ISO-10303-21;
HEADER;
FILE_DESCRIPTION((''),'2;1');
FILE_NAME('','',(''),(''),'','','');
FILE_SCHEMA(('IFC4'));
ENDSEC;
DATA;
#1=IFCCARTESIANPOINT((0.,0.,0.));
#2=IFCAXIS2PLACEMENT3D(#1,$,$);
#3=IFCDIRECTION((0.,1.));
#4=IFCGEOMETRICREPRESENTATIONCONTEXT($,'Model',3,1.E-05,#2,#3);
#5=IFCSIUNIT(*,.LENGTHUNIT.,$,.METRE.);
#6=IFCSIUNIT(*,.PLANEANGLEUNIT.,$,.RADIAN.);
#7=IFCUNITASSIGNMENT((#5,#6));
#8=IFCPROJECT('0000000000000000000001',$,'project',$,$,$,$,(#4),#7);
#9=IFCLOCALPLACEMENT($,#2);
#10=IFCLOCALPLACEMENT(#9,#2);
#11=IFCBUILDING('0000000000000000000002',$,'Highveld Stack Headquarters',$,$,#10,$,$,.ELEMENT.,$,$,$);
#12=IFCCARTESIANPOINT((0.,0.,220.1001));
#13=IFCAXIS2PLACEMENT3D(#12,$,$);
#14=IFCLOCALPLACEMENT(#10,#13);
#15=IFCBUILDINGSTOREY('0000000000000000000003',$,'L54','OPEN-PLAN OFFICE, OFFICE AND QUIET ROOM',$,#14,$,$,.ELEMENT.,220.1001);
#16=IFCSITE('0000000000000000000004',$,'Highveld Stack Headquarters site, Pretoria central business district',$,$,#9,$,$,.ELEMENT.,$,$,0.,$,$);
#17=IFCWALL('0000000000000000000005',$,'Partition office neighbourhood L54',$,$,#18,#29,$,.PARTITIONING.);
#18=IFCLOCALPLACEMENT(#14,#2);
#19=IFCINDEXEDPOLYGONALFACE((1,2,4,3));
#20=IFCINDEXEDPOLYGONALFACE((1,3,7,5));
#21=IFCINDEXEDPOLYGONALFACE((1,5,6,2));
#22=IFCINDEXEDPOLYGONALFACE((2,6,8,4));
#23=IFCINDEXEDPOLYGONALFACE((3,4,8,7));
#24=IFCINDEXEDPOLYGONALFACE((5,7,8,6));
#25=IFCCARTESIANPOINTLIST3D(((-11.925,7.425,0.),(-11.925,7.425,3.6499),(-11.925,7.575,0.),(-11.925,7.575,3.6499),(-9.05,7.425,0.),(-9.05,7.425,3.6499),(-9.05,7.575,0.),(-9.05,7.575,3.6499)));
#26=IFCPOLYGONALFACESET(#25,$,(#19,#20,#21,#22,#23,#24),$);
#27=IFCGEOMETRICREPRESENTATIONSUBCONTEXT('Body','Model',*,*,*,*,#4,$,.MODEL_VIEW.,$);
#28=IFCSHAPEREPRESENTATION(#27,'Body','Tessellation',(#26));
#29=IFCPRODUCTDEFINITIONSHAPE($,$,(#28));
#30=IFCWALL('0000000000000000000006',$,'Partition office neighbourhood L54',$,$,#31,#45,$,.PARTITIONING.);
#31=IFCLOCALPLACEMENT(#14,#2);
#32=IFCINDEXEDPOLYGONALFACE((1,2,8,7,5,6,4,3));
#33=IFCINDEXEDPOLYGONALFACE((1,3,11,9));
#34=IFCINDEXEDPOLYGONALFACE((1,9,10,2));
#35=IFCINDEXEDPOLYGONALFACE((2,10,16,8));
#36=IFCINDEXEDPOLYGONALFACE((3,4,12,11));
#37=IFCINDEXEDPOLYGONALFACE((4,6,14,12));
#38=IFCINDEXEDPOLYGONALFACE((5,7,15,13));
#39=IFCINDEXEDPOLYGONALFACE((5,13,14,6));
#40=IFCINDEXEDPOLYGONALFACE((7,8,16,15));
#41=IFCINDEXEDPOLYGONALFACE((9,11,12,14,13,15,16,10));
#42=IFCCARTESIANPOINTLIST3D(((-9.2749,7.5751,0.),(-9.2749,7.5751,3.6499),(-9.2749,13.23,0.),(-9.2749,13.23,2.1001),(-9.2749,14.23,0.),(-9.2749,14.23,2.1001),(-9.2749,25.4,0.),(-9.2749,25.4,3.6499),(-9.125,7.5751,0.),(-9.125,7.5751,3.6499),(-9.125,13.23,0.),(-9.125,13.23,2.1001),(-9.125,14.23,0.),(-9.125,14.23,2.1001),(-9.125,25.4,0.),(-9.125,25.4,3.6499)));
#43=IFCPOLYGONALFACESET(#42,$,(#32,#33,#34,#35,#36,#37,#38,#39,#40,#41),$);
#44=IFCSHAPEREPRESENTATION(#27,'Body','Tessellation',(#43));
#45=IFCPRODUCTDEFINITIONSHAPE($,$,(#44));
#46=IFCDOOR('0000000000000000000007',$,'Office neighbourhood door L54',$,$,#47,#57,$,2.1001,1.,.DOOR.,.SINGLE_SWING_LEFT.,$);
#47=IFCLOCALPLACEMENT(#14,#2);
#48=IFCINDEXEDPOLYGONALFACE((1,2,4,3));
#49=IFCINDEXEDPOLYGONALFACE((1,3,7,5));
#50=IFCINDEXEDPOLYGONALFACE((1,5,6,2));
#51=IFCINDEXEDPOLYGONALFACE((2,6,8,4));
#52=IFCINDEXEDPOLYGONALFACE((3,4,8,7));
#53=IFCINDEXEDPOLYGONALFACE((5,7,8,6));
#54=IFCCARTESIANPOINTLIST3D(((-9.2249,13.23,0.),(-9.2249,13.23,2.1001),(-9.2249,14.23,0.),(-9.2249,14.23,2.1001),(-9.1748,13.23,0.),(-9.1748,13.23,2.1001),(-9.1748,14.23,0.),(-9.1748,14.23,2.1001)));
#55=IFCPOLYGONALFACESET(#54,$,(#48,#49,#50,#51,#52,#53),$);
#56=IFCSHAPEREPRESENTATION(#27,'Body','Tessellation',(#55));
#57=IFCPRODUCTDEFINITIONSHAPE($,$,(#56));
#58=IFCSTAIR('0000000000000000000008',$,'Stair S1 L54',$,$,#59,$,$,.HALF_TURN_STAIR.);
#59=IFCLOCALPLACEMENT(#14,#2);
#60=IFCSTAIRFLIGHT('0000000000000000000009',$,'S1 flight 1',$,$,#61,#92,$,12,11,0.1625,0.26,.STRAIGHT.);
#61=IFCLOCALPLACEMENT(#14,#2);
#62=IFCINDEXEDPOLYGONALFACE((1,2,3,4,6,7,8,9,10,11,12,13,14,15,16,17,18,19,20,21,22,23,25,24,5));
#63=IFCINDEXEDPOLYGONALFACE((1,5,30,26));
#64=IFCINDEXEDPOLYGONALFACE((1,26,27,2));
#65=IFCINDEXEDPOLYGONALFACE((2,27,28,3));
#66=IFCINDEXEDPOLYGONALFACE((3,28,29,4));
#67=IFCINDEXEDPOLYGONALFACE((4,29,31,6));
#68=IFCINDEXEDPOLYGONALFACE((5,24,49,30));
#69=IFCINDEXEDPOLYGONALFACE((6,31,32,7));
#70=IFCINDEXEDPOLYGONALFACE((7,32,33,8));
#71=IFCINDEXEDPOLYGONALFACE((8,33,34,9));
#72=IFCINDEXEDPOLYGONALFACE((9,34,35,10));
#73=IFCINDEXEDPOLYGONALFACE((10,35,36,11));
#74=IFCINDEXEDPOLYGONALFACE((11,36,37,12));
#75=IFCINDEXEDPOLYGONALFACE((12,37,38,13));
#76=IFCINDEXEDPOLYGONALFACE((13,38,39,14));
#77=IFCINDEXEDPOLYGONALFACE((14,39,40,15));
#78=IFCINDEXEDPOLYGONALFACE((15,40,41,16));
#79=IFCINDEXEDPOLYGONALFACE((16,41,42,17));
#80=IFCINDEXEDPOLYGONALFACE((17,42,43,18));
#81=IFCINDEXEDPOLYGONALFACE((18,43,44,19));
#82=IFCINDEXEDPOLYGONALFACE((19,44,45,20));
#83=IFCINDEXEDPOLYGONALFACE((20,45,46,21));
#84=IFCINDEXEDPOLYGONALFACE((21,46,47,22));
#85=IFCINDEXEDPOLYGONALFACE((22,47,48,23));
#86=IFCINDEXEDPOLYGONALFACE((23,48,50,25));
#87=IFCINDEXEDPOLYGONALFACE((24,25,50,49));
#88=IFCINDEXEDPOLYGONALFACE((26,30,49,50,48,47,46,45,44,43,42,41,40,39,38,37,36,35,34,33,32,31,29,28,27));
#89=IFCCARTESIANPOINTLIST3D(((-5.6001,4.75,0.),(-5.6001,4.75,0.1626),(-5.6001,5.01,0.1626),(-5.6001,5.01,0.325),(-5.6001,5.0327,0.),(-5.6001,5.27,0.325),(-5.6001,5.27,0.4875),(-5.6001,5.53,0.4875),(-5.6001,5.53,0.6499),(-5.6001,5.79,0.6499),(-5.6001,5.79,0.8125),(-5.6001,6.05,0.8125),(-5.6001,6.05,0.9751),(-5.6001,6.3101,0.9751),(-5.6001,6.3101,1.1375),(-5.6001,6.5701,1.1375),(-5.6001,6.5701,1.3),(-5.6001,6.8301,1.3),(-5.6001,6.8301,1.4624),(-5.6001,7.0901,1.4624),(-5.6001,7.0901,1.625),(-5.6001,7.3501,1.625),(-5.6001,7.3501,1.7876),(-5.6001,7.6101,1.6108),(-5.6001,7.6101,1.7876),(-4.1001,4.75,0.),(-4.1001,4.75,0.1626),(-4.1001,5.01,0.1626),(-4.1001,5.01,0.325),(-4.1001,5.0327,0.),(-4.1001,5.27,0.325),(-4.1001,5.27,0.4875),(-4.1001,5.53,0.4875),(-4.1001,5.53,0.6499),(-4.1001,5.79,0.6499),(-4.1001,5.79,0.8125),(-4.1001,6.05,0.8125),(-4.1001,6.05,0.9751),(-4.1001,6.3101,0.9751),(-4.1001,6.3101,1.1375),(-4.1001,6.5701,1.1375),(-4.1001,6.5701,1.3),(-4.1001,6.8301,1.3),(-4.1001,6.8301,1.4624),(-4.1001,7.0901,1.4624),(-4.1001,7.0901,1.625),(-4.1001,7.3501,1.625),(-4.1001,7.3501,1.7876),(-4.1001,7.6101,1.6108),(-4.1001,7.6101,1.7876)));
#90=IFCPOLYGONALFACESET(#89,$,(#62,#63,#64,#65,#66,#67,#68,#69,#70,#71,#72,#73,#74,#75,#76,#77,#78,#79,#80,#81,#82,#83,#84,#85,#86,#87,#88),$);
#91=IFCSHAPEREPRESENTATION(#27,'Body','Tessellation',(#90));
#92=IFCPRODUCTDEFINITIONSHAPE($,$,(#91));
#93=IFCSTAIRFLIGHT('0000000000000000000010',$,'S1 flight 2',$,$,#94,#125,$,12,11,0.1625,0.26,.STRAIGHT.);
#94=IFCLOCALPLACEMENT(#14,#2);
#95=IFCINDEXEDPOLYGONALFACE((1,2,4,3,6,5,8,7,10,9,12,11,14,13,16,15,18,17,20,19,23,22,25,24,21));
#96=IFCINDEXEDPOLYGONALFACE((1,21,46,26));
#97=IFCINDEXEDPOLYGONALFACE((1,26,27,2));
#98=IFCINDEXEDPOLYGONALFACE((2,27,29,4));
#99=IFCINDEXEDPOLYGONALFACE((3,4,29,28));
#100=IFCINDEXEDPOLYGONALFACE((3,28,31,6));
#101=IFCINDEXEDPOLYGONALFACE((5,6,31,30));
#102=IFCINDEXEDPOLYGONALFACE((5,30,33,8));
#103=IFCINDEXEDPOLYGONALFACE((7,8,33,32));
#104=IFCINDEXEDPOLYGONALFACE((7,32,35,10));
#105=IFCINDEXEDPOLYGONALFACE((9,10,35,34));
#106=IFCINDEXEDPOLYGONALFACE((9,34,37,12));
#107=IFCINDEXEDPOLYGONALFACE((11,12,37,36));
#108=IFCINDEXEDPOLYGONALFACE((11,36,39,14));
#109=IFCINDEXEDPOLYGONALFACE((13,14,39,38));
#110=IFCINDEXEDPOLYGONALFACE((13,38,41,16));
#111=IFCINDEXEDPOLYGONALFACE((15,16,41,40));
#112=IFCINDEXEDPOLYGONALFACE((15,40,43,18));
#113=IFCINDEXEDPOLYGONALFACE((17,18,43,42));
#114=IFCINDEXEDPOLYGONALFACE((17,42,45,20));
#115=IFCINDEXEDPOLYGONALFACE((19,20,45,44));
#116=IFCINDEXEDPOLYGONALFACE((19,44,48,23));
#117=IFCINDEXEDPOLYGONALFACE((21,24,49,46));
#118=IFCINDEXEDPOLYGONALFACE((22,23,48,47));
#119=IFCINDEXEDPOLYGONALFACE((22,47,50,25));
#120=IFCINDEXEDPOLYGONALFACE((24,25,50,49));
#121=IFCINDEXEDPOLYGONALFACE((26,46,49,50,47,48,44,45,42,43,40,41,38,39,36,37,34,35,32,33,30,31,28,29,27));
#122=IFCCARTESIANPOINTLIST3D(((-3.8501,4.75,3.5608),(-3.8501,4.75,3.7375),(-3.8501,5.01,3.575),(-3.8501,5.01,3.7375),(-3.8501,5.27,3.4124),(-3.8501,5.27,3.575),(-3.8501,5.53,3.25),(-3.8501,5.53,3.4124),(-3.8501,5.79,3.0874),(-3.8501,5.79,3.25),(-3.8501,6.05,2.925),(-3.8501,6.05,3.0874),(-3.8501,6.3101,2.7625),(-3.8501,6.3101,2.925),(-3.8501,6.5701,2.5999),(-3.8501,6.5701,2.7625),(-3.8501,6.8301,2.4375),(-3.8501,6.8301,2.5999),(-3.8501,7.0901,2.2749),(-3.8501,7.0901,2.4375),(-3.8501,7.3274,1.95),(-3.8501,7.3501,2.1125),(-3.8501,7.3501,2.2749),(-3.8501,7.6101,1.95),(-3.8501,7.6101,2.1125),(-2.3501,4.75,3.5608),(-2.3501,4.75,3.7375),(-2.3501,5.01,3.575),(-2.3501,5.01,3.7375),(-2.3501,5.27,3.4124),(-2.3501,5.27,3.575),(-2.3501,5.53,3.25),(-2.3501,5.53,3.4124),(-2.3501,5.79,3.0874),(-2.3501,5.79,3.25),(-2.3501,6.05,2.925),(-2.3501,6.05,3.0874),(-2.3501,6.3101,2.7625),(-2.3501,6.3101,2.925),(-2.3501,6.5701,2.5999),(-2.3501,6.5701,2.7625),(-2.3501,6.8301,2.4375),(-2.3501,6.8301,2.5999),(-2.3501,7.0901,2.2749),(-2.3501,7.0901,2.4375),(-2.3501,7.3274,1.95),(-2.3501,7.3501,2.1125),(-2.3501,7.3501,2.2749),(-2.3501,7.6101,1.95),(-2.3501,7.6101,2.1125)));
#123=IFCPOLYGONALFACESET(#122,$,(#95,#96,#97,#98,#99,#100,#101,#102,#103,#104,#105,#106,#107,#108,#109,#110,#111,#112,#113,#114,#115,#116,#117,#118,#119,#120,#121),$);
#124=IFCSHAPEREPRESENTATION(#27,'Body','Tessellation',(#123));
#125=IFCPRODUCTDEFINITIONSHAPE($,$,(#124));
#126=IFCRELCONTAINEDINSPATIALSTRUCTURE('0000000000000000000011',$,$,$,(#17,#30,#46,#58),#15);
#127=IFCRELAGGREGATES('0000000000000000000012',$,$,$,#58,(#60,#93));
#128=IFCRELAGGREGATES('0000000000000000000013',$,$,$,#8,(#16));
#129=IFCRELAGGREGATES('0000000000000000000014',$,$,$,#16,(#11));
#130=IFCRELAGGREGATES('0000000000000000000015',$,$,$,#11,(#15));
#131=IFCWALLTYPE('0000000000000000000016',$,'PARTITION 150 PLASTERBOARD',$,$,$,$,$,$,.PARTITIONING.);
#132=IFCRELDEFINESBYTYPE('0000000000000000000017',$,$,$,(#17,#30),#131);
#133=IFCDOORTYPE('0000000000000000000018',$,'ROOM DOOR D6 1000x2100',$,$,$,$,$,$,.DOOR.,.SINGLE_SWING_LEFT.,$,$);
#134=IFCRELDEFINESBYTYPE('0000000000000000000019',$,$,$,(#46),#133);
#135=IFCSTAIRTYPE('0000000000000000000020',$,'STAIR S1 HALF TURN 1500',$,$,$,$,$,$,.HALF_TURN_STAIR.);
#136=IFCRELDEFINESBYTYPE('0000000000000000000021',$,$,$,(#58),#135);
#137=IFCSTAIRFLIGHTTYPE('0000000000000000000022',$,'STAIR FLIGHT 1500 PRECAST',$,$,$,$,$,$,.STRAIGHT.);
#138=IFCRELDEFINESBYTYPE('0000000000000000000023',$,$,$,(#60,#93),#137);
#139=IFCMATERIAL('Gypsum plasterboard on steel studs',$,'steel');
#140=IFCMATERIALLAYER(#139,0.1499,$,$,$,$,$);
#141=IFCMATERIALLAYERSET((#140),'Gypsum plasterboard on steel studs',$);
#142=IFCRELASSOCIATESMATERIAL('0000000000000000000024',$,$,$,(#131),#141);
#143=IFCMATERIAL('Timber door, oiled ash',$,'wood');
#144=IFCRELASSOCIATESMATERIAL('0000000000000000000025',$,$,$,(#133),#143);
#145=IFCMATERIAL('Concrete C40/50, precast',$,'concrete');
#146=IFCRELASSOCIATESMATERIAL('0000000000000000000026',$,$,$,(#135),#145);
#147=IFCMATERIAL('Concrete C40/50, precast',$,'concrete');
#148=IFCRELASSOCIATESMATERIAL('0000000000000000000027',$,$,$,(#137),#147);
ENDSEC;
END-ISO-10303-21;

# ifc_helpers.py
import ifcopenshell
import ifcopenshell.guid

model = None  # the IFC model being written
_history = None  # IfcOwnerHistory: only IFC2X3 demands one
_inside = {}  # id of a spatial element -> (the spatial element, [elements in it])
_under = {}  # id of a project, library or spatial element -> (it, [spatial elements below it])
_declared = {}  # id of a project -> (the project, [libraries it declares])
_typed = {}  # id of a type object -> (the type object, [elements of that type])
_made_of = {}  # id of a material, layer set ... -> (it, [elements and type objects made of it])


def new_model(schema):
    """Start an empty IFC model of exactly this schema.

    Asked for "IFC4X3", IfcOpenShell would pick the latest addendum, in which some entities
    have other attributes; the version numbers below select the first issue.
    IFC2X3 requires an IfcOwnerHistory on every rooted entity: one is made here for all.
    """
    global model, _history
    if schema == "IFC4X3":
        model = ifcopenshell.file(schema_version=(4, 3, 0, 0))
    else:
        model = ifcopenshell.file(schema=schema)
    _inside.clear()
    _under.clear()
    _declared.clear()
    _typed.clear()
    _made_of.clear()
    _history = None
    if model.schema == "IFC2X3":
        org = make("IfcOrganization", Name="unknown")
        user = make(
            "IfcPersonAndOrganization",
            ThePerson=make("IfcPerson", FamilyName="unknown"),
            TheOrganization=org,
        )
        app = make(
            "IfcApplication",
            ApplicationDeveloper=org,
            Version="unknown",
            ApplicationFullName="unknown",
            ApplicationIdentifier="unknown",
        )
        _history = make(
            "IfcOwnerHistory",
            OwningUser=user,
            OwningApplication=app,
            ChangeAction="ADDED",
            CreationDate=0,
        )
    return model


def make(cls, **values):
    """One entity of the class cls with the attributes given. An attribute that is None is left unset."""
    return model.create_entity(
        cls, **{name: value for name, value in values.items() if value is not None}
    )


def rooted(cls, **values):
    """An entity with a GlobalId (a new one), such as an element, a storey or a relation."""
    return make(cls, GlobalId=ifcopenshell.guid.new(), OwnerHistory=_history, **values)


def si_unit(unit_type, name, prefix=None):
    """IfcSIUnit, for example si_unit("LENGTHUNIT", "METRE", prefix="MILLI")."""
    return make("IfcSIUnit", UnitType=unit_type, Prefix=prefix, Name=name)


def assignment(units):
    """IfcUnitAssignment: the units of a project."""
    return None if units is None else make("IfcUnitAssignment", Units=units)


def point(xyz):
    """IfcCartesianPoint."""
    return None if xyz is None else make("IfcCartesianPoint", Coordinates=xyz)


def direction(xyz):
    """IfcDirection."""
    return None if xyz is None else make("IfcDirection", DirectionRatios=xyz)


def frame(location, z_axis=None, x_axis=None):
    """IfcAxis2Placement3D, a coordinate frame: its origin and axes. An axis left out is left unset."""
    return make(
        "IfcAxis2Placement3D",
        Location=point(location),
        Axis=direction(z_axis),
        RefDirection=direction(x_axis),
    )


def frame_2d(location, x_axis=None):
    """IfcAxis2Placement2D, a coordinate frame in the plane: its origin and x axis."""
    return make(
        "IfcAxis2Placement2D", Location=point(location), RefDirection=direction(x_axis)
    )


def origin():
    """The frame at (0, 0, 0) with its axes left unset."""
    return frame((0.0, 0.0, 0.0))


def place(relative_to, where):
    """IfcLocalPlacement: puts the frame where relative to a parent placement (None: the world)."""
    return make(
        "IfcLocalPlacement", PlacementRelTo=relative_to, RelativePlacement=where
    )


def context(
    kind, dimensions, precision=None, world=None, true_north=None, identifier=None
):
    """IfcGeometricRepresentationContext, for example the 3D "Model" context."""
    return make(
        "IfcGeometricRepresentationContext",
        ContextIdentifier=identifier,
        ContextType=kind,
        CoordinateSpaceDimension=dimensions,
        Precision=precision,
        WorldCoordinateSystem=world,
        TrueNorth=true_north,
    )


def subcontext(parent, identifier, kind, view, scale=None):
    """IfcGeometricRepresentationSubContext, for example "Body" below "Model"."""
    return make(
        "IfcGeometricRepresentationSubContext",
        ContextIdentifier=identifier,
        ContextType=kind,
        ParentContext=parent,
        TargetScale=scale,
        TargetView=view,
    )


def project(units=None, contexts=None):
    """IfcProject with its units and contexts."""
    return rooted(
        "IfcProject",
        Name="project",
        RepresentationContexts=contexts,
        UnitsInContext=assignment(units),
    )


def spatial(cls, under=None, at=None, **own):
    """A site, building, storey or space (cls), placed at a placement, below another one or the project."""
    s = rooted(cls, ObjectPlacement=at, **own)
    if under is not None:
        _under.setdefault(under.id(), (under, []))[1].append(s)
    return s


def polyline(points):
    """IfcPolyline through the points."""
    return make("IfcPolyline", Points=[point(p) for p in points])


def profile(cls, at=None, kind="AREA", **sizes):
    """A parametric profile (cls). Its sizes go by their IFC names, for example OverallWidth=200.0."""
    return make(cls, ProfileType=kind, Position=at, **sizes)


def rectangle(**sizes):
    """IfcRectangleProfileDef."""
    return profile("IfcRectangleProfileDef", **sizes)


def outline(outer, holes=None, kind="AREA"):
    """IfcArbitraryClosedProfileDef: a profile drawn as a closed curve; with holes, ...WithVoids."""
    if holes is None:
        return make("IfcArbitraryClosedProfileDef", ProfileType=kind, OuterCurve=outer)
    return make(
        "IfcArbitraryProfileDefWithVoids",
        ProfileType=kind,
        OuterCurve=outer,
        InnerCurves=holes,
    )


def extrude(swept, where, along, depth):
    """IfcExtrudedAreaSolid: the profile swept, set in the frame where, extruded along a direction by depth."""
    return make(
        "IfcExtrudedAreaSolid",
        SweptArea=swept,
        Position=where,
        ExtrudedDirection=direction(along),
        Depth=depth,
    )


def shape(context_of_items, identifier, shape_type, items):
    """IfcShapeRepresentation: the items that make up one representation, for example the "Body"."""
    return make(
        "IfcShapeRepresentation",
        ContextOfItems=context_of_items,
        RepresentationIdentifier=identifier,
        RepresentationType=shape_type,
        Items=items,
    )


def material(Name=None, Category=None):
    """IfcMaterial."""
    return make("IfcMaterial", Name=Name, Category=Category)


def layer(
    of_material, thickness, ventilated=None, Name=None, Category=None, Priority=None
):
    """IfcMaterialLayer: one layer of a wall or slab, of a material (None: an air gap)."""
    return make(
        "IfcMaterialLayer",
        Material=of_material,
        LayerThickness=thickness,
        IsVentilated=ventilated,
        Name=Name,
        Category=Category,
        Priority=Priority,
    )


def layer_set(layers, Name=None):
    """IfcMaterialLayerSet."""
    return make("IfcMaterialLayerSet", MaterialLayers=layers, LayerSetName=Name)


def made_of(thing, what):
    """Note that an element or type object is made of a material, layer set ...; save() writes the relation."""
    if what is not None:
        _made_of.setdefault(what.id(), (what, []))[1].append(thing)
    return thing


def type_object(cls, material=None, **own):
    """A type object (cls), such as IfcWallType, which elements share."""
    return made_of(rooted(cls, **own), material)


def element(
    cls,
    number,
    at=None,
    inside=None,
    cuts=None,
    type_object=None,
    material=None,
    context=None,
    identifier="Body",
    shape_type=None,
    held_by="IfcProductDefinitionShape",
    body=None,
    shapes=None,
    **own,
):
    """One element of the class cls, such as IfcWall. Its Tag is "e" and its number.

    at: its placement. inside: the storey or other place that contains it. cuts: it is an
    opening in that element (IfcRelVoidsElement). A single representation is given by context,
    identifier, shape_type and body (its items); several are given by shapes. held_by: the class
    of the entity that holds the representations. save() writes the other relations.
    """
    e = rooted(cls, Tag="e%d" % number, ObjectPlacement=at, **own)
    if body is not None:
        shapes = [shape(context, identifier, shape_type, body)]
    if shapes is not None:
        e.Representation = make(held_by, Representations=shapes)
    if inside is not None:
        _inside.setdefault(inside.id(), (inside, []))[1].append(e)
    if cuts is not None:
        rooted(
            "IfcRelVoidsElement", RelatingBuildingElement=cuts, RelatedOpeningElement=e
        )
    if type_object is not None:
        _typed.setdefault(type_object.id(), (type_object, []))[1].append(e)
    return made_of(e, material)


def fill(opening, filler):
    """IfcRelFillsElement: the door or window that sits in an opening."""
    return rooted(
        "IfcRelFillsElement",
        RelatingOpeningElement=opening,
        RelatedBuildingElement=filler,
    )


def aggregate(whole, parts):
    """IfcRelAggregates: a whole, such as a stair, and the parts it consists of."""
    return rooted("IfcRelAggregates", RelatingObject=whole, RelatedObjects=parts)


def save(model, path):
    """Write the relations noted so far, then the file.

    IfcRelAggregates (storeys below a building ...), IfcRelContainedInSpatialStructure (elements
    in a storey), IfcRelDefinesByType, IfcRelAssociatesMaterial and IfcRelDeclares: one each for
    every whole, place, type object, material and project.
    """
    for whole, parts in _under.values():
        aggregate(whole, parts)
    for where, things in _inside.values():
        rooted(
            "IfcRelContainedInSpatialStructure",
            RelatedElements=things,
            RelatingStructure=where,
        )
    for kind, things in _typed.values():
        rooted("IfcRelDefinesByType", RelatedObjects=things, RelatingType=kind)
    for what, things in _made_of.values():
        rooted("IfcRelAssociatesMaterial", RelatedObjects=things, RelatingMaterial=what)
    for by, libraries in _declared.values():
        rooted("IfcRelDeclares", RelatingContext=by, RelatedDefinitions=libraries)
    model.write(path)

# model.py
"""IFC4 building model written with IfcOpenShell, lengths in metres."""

from ifc_helpers import new_model, si_unit, direction, frame, frame_2d, origin, place, context, subcontext, project, spatial, polyline, rectangle, outline, extrude, material, layer, layer_set, type_object, element, fill, aggregate, save


model = new_model("IFC4")

# Units and contexts
model_context = context("Model", 3, precision=1e-05, world=origin(), true_north=direction((0.0, 1.0)))
body_context = subcontext(model_context, "Body", "Model", "MODEL_VIEW")
ifc_project = project(units=[si_unit("LENGTHUNIT", "METRE"), si_unit("PLANEANGLEUNIT", "RADIAN")], contexts=[model_context])

# Site, building, storey
site_placement = place(None, origin())
site = spatial("IfcSite", under=ifc_project, at=site_placement, Name="Highveld Stack Headquarters site, Pretoria central business district", CompositionType="ELEMENT", RefElevation=0.0)
building_placement = place(site_placement, origin())
building = spatial("IfcBuilding", under=site, at=building_placement, Name="Highveld Stack Headquarters", CompositionType="ELEMENT")
storey_placement = place(building_placement, frame((0.0, 0.0, 220.1001)))
storey = spatial("IfcBuildingStorey", under=building, at=storey_placement, Name="L54", Description="OPEN-PLAN OFFICE, OFFICE AND QUIET ROOM", CompositionType="ELEMENT", Elevation=220.1001)

# Wall
ifc_material_1 = material(Name="Gypsum plasterboard on steel studs", Category="steel")
ifc_layer_1 = layer(ifc_material_1, 0.1499)
ifc_layer_set_1 = layer_set([ifc_layer_1], Name="Gypsum plasterboard on steel studs")
wall_type_1 = type_object("IfcWallType", Name="PARTITION 150 PLASTERBOARD", PredefinedType="PARTITIONING", material=ifc_layer_set_1)
wall_1_placement = place(storey_placement, frame((-11.925, 7.5, 0.0), z_axis=(0.0, 0.0, 1.0), x_axis=(1.0, 0.0, 0.0)))
element("IfcWall", 1, at=wall_1_placement, inside=storey, type_object=wall_type_1, Name="Partition office neighbourhood L54", PredefinedType="PARTITIONING", context=body_context, shape_type="SweptSolid", body=[
    extrude(rectangle(XDim=2.875, YDim=0.1499, at=frame_2d((1.4375, 0.0))), origin(), (0.0, 0.0, 1.0), 3.6499),
])

# Wall, opening, door
wall_2_placement = place(storey_placement, frame((-9.2, 7.575, 0.0), z_axis=(0.0, 0.0, 1.0), x_axis=(0.0, 1.0, 0.0)))
wall_2 = element("IfcWall", 2, at=wall_2_placement, inside=storey, type_object=wall_type_1, Name="Partition office neighbourhood L54", PredefinedType="PARTITIONING", context=body_context, shape_type="SweptSolid", body=[
    extrude(rectangle(XDim=17.825, YDim=0.1499, at=frame_2d((8.9126, 0.0))), origin(), (0.0, 0.0, 1.0), 3.6499),
])
opening_1_placement = place(wall_2_placement, frame((5.655, 0.0, 0.0)))
opening_1 = element("IfcOpeningElement", 3, at=opening_1_placement, cuts=wall_2, PredefinedType="OPENING", context=body_context, shape_type="SweptSolid", body=[
    extrude(rectangle(XDim=1.0, YDim=2.1001, at=frame_2d((0.5, 1.05))), frame((0.0, 0.085, 0.0), z_axis=(0.0, -1.0, 0.0), x_axis=(1.0, 0.0, 0.0)), (0.0, 0.0, 1.0), 0.1699),
])
ifc_material_2 = material(Name="Timber door, oiled ash", Category="wood")
door_type_1 = type_object("IfcDoorType", Name="ROOM DOOR D6 1000x2100", OperationType="SINGLE_SWING_LEFT", PredefinedType="DOOR", material=ifc_material_2)
door_1_placement = place(opening_1_placement, origin())
door_1 = element("IfcDoor", 4, at=door_1_placement, inside=storey, type_object=door_type_1, Name="Office neighbourhood door L54", OperationType="SINGLE_SWING_LEFT", OverallHeight=2.1001, OverallWidth=1.0, PredefinedType="DOOR", context=body_context, shape_type="SweptSolid", body=[
    extrude(rectangle(XDim=1.0, YDim=2.1001, at=frame_2d((0.5, 1.05))), frame((0.0, 0.0249, 0.0), z_axis=(0.0, -1.0, 0.0), x_axis=(1.0, 0.0, 0.0)), (0.0, 0.0, 1.0), 0.05),
])
fill(opening_1, door_1)

# Stair, stair flights
ifc_material_3 = material(Name="Concrete C40/50, precast", Category="concrete")
stair_type = type_object("IfcStairType", Name="STAIR S1 HALF TURN 1500", PredefinedType="HALF_TURN_STAIR", material=ifc_material_3)
stair_placement = place(storey_placement, origin())
stair = element("IfcStair", 5, at=stair_placement, inside=storey, type_object=stair_type, Name="Stair S1 L54", PredefinedType="HALF_TURN_STAIR")
ifc_material_4 = material(Name="Concrete C40/50, precast", Category="concrete")
stair_flight_type = type_object("IfcStairFlightType", Name="STAIR FLIGHT 1500 PRECAST", PredefinedType="STRAIGHT", material=ifc_material_4)
stair_flight_1_placement = place(storey_placement, frame((-4.8501, 4.75, 0.0), z_axis=(0.0, 0.0, 1.0), x_axis=(0.0, 1.0, 0.0)))
stair_flight_1 = element("IfcStairFlight", 6, at=stair_flight_1_placement, type_object=stair_flight_type, Name="S1 flight 1", NumberOfRisers=12, NumberOfTreads=11, PredefinedType="STRAIGHT", RiserHeight=0.1625, TreadLength=0.26, context=body_context, shape_type="SweptSolid", body=[
    extrude(outline(polyline([(0.0, 0.0), (0.0, 0.1626), (0.26, 0.1626), (0.26, 0.325), (0.52, 0.325), (0.52, 0.4875), (0.78, 0.4875), (0.78, 0.6499), (1.04, 0.6499), (1.04, 0.8125), (1.3, 0.8125), (1.3, 0.9751), (1.5601, 0.9751), (1.5601, 1.1375), (1.8201, 1.1375), (1.8201, 1.3), (2.0801, 1.3), (2.0801, 1.4624), (2.3401, 1.4624), (2.3401, 1.625), (2.6001, 1.625), (2.6001, 1.7876), (2.8601, 1.7876), (2.8601, 1.95), (2.8601, 1.6108), (0.2827, 0.0), (0.0, 0.0)])), frame((0.0, 0.75, 0.0), z_axis=(0.0, -1.0, 0.0), x_axis=(1.0, 0.0, 0.0)), (0.0, 0.0, 1.0), 1.5),
])
stair_flight_2_placement = place(storey_placement, frame((-3.1001, 7.6101, 1.95), z_axis=(0.0, 0.0, 1.0), x_axis=(0.0, -1.0, 0.0)))
stair_flight_2 = element("IfcStairFlight", 7, at=stair_flight_2_placement, type_object=stair_flight_type, Name="S1 flight 2", NumberOfRisers=12, NumberOfTreads=11, PredefinedType="STRAIGHT", RiserHeight=0.1625, TreadLength=0.26, context=body_context, shape_type="SweptSolid", body=[
    extrude(outline(polyline([(0.0, 0.0), (0.0, 0.1626), (0.26, 0.1626), (0.26, 0.325), (0.52, 0.325), (0.52, 0.4875), (0.78, 0.4875), (0.78, 0.6499), (1.04, 0.6499), (1.04, 0.8125), (1.3, 0.8125), (1.3, 0.9751), (1.5601, 0.9751), (1.5601, 1.1375), (1.8201, 1.1375), (1.8201, 1.3), (2.0801, 1.3), (2.0801, 1.4624), (2.3401, 1.4624), (2.3401, 1.625), (2.6001, 1.625), (2.6001, 1.7876), (2.8601, 1.7876), (2.8601, 1.95), (2.8601, 1.6108), (0.2827, 0.0), (0.0, 0.0)])), frame((0.0, 0.75, 0.0), z_axis=(0.0, -1.0, 0.0), x_axis=(1.0, 0.0, 0.0)), (0.0, 0.0, 1.0), 1.5),
])
aggregate(stair, [stair_flight_1, stair_flight_2])

save(model, "model.ifc")
